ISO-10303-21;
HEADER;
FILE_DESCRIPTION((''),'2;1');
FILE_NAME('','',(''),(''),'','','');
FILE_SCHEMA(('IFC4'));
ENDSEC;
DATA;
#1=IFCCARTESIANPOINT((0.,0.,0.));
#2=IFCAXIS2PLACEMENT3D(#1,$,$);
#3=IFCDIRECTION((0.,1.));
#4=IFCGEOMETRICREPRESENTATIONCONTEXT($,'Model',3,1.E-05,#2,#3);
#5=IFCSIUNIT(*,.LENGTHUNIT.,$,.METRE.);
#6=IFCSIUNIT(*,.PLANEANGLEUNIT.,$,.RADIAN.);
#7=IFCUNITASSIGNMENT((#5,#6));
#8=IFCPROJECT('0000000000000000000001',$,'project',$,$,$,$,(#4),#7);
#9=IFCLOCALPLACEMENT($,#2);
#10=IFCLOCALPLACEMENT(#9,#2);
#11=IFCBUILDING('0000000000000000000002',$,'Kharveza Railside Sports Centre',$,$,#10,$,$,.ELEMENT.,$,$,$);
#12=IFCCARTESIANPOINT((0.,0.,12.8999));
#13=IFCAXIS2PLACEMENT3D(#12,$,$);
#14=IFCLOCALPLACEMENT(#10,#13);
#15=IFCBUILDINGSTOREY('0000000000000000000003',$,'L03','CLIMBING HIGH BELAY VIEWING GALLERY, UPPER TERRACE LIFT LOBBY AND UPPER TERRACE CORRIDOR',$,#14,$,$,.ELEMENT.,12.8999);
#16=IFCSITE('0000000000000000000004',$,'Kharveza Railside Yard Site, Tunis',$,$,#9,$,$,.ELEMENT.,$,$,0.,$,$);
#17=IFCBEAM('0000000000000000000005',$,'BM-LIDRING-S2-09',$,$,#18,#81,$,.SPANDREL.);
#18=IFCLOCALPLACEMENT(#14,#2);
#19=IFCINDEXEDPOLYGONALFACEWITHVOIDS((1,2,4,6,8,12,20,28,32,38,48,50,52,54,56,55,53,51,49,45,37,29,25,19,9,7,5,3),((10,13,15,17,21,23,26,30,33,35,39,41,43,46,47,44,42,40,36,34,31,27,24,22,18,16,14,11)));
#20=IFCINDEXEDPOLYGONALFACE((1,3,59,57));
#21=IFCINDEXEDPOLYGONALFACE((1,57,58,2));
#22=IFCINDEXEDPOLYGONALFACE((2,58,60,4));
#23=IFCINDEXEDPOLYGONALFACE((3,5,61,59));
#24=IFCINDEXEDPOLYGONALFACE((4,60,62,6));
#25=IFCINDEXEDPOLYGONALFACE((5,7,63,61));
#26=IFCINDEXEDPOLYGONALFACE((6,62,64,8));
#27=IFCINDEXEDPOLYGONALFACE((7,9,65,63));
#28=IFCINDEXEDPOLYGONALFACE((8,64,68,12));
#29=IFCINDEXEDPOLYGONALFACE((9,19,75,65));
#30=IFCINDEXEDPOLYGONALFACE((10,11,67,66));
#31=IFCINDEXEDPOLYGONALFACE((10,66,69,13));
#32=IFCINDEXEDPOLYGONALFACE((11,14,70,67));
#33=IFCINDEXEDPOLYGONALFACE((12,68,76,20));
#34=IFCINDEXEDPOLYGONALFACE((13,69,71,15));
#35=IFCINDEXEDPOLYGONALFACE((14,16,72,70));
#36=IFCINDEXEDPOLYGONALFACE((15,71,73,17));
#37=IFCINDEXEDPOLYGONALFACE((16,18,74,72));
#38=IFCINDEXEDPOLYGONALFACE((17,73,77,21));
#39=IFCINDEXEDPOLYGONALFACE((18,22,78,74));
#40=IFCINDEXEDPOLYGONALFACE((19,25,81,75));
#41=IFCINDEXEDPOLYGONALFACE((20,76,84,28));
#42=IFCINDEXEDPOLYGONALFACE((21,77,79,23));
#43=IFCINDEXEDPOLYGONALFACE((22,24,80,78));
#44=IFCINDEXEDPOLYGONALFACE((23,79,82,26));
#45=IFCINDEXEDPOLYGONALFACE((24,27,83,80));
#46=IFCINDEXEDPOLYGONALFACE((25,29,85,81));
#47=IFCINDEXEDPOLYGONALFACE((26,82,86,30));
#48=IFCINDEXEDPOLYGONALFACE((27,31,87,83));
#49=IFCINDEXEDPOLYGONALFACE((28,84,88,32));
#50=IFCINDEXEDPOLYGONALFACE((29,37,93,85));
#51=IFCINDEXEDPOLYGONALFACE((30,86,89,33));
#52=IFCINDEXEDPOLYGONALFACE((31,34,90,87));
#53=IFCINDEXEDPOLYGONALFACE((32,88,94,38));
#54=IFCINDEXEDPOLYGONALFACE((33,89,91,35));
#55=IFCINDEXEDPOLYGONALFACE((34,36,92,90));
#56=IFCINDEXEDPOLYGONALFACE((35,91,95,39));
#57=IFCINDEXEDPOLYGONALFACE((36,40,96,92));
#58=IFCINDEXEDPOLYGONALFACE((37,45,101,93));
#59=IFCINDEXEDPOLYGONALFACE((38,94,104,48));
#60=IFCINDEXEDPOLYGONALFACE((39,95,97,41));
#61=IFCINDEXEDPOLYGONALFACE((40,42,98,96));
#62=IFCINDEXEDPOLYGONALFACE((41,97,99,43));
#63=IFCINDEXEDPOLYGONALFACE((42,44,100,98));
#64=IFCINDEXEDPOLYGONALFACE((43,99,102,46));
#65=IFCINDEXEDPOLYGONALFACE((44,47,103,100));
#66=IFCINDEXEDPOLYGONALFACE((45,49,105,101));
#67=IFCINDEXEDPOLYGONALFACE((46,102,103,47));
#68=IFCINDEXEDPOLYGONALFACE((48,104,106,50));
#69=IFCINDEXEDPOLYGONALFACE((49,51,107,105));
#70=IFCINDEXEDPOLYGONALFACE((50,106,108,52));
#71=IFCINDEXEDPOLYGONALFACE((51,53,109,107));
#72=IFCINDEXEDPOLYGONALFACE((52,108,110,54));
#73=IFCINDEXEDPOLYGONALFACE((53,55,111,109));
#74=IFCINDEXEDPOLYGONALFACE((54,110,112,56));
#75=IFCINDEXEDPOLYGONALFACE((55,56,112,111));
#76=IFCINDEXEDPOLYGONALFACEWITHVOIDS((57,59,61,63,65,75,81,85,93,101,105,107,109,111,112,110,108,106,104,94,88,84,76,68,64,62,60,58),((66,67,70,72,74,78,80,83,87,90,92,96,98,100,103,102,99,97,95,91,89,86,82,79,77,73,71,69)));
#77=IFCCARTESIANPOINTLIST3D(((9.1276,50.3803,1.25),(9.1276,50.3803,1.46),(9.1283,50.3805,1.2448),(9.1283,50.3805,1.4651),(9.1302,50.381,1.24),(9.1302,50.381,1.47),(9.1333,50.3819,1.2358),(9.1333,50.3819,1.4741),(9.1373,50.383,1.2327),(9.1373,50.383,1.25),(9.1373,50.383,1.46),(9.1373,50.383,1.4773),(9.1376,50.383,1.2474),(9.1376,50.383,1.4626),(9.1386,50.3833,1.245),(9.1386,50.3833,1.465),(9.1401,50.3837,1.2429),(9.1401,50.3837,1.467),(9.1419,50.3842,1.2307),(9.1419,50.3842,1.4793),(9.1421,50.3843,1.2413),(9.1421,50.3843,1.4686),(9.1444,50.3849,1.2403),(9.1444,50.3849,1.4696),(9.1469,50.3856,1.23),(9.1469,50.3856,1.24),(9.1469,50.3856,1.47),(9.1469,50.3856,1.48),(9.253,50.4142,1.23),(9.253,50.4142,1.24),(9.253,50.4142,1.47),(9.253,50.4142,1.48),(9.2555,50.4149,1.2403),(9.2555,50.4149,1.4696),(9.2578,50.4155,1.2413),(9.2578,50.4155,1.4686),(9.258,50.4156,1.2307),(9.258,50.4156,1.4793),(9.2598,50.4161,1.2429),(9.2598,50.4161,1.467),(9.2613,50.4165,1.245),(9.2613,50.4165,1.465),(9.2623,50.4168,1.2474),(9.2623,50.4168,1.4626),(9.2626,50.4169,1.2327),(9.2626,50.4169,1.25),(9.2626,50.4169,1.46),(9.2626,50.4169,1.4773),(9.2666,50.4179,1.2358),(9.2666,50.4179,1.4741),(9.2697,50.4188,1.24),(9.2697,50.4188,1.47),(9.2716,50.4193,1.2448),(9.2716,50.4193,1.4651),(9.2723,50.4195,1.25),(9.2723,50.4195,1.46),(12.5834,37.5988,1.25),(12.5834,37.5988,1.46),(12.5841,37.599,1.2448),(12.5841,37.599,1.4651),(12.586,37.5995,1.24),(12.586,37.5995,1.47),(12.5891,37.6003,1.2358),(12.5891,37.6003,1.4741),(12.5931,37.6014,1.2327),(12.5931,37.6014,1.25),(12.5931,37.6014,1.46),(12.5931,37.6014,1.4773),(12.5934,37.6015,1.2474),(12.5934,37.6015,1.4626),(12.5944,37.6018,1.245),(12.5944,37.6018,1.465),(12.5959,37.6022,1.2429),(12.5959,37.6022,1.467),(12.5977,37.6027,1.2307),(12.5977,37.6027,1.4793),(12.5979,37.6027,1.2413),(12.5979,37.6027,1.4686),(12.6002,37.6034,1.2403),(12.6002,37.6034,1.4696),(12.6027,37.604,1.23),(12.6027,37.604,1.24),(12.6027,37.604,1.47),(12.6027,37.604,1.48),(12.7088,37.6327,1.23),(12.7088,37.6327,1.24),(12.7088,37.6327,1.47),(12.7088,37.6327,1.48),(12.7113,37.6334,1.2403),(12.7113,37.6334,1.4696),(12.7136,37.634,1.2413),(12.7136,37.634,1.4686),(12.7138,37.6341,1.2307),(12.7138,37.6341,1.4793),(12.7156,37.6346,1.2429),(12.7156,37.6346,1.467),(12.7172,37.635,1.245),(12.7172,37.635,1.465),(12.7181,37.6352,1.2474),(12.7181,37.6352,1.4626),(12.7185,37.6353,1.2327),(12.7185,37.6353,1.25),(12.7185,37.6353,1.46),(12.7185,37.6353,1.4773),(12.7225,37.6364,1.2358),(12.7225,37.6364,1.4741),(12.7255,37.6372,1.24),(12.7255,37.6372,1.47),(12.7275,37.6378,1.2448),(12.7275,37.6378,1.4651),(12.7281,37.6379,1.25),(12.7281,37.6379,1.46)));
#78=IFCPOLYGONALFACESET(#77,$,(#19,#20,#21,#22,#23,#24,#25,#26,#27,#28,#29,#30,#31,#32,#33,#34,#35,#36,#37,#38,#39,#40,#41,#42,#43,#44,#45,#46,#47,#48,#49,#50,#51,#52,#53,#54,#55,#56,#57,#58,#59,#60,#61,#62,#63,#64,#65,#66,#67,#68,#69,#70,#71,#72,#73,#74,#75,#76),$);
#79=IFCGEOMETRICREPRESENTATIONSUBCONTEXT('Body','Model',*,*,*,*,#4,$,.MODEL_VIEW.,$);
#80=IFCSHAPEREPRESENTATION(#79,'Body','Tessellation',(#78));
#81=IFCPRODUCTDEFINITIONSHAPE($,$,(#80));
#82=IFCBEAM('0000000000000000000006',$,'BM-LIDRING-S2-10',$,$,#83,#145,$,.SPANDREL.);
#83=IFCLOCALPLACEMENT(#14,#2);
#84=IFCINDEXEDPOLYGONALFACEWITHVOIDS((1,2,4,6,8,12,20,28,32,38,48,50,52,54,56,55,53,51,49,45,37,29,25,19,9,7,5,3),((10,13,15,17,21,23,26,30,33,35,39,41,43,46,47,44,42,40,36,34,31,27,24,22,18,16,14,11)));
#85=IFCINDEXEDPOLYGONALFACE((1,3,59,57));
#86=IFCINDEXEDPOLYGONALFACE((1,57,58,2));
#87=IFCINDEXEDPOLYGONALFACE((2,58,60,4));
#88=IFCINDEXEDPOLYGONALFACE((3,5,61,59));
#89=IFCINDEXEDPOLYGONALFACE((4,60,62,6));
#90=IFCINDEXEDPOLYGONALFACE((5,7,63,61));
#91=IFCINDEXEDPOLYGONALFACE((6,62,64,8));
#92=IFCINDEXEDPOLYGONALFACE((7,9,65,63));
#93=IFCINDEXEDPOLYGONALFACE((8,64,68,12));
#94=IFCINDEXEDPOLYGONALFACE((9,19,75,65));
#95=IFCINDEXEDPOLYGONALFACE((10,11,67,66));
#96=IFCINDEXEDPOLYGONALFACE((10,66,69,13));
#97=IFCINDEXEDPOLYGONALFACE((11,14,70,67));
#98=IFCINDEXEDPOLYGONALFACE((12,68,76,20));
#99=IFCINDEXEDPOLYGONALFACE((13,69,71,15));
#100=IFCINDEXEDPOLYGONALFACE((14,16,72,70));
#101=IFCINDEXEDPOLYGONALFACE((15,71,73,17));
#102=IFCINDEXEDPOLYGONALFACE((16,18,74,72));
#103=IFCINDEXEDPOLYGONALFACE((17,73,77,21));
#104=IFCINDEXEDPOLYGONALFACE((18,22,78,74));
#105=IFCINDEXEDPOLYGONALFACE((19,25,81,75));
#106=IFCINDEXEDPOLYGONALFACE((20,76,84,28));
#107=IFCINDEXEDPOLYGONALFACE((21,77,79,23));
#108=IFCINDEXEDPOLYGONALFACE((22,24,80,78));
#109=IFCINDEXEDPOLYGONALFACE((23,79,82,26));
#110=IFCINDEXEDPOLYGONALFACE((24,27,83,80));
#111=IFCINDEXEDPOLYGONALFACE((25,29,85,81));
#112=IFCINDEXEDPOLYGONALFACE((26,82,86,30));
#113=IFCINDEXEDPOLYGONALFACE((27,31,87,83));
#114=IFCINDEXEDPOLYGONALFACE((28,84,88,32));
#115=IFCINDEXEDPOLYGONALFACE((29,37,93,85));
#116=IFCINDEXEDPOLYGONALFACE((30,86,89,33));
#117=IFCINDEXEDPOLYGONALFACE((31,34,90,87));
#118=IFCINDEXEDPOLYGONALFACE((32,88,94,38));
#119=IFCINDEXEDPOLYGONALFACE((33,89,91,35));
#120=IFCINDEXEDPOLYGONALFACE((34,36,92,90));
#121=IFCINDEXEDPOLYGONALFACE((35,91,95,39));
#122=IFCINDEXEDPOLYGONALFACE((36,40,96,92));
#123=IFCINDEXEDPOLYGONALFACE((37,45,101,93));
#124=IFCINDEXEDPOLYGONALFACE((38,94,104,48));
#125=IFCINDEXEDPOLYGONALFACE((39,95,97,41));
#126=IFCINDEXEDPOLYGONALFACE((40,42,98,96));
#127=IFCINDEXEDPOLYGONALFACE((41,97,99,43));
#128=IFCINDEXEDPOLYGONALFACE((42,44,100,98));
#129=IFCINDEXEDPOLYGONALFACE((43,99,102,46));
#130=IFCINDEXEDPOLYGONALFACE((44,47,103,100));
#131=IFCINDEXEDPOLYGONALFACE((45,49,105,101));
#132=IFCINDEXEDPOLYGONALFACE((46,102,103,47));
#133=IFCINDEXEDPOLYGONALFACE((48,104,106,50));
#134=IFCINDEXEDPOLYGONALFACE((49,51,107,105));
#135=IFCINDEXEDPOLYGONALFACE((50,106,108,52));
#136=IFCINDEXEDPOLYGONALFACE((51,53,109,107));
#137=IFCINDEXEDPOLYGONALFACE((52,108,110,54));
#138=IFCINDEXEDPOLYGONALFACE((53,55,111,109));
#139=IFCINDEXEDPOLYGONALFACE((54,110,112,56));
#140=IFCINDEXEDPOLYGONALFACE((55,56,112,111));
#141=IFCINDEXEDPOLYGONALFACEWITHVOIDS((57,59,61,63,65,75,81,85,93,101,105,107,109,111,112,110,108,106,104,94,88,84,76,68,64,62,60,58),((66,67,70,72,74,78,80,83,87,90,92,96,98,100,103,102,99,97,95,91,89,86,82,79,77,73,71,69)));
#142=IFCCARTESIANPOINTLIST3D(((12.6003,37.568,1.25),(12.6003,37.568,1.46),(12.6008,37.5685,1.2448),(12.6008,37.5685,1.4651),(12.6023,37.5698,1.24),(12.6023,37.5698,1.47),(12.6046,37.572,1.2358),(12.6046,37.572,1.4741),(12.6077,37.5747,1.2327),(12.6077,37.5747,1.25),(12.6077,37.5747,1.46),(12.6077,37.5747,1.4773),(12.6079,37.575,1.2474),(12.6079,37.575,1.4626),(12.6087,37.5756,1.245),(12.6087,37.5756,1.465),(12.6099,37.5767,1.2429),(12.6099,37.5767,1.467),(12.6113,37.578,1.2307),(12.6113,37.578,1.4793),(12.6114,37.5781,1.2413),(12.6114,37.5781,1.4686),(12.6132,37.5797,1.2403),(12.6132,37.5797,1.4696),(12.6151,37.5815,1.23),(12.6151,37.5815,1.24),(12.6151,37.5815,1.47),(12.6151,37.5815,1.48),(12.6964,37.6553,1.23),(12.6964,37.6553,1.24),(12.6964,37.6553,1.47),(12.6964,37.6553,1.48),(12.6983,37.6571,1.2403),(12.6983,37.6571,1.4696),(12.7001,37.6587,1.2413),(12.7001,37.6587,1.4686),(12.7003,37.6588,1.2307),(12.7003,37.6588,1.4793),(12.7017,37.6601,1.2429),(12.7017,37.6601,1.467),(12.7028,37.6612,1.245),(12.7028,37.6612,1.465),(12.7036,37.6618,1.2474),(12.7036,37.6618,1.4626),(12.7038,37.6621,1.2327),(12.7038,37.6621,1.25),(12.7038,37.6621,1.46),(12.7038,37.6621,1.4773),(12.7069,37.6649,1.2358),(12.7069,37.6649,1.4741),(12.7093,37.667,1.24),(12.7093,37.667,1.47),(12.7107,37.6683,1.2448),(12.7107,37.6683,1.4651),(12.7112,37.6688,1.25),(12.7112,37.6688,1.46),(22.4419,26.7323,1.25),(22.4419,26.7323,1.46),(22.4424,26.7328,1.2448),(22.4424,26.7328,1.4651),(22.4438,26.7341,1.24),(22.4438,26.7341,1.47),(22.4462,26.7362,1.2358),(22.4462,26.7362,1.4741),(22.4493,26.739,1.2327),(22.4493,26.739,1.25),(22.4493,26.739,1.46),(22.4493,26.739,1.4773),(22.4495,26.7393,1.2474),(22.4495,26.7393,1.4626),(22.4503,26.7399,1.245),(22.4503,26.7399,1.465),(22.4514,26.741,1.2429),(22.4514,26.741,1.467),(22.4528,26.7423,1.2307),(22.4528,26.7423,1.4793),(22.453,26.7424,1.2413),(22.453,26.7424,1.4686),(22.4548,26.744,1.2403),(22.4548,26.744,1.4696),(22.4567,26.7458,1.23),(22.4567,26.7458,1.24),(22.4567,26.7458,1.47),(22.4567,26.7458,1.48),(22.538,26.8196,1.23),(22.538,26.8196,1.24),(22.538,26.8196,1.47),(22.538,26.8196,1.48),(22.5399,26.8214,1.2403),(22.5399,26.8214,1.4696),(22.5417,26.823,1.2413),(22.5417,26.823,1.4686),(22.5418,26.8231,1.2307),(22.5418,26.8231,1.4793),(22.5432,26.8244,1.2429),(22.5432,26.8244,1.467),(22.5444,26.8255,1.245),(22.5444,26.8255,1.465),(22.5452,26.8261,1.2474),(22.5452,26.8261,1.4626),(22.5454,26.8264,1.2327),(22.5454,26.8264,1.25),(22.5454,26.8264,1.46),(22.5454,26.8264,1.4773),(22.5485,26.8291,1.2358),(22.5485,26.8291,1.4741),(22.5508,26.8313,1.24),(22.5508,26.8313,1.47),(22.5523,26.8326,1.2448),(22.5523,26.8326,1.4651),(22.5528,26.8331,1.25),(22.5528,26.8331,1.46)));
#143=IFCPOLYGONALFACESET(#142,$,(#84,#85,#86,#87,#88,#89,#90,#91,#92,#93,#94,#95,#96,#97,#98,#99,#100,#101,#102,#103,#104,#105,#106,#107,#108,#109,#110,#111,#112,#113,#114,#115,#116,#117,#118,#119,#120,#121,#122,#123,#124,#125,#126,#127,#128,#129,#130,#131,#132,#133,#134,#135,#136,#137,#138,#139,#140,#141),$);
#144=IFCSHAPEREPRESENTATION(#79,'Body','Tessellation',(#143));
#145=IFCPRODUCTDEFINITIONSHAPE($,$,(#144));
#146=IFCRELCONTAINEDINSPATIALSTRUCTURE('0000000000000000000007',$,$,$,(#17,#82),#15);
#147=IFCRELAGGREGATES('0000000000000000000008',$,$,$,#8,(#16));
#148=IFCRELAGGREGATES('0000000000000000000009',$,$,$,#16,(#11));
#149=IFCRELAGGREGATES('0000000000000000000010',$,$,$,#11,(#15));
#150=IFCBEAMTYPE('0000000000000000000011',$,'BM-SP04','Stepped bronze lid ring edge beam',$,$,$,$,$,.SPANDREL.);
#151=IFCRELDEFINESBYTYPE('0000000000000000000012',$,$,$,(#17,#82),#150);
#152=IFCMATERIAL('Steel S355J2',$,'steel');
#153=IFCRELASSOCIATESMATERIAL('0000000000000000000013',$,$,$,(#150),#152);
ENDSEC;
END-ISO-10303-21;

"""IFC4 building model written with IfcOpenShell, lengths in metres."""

from ifc_helpers import new_model, si_unit, direction, frame, origin, origin_2d, place, context, subcontext, project, spatial, hollow_rectangle, extrude, material, material_profile, profile_set, type_object, element, save


model = new_model("IFC4")

# Units and contexts
model_context = context("Model", 3, precision=1e-05, world=origin(), true_north=direction((0.0, 1.0)))
body_context = subcontext(model_context, "Body", "Model", "MODEL_VIEW")
ifc_project = project(units=[si_unit("LENGTHUNIT", "METRE"), si_unit("PLANEANGLEUNIT", "RADIAN")], contexts=[model_context])

# Site, building, storey
site_placement = place(None, origin())
site = spatial("IfcSite", under=ifc_project, at=site_placement, Name="Kharveza Railside Yard Site, Tunis", CompositionType="ELEMENT", RefElevation=0.0)
building_placement = place(site_placement, origin())
building = spatial("IfcBuilding", under=site, at=building_placement, Name="Kharveza Railside Sports Centre", CompositionType="ELEMENT")
storey_placement = place(building_placement, frame((0.0, 0.0, 12.8999)))
storey = spatial("IfcBuildingStorey", under=building, at=storey_placement, Name="L03", Description="CLIMBING HIGH BELAY VIEWING GALLERY, UPPER TERRACE LIFT LOBBY AND UPPER TERRACE CORRIDOR", CompositionType="ELEMENT", Elevation=12.8999)

# Beams
ifc_material_1 = material(Name="Steel S355J2", Category="steel")
ifc_material_profile_1 = material_profile(ifc_material_1, hollow_rectangle(XDim=0.1499, YDim=0.25, WallThickness=0.01, InnerFilletRadius=0.01, OuterFilletRadius=0.02, at=origin_2d()), Name="RHS 150x250x10.0")
ifc_profile_set_1 = profile_set([ifc_material_profile_1], Name="Steel S355J2")
beam_type = type_object("IfcBeamType", Name="BM-SP04", Description="Stepped bronze lid ring edge beam", PredefinedType="SPANDREL", material=ifc_profile_set_1)
beam_1_placement = place(storey_placement, frame((9.2, 50.3999, 1.355), z_axis=(0.261004, -0.965338, 0.0), x_axis=(0.965338, 0.261004, 0.0)))
element("IfcBeam", 1, at=beam_1_placement, inside=storey, type_object=beam_type, Name="BM-LIDRING-S2-09", PredefinedType="SPANDREL", context=body_context, shape_type="SweptSolid", body=[
    extrude(hollow_rectangle(XDim=0.1499, YDim=0.25, WallThickness=0.01, InnerFilletRadius=0.01, OuterFilletRadius=0.02, at=origin_2d()), origin(), (0.0, 0.0, 1.0), 13.2405),
])
beam_2_placement = place(storey_placement, frame((12.6558, 37.6184, 1.355), z_axis=(0.672333, -0.740249, 0.0), x_axis=(0.740249, 0.672333, 0.0)))
element("IfcBeam", 2, at=beam_2_placement, inside=storey, type_object=beam_type, Name="BM-LIDRING-S2-10", PredefinedType="SPANDREL", context=body_context, shape_type="SweptSolid", body=[
    extrude(hollow_rectangle(XDim=0.1499, YDim=0.25, WallThickness=0.01, InnerFilletRadius=0.01, OuterFilletRadius=0.02, at=origin_2d()), origin(), (0.0, 0.0, 1.0), 14.6379),
])

save(model, "model.ifc")
